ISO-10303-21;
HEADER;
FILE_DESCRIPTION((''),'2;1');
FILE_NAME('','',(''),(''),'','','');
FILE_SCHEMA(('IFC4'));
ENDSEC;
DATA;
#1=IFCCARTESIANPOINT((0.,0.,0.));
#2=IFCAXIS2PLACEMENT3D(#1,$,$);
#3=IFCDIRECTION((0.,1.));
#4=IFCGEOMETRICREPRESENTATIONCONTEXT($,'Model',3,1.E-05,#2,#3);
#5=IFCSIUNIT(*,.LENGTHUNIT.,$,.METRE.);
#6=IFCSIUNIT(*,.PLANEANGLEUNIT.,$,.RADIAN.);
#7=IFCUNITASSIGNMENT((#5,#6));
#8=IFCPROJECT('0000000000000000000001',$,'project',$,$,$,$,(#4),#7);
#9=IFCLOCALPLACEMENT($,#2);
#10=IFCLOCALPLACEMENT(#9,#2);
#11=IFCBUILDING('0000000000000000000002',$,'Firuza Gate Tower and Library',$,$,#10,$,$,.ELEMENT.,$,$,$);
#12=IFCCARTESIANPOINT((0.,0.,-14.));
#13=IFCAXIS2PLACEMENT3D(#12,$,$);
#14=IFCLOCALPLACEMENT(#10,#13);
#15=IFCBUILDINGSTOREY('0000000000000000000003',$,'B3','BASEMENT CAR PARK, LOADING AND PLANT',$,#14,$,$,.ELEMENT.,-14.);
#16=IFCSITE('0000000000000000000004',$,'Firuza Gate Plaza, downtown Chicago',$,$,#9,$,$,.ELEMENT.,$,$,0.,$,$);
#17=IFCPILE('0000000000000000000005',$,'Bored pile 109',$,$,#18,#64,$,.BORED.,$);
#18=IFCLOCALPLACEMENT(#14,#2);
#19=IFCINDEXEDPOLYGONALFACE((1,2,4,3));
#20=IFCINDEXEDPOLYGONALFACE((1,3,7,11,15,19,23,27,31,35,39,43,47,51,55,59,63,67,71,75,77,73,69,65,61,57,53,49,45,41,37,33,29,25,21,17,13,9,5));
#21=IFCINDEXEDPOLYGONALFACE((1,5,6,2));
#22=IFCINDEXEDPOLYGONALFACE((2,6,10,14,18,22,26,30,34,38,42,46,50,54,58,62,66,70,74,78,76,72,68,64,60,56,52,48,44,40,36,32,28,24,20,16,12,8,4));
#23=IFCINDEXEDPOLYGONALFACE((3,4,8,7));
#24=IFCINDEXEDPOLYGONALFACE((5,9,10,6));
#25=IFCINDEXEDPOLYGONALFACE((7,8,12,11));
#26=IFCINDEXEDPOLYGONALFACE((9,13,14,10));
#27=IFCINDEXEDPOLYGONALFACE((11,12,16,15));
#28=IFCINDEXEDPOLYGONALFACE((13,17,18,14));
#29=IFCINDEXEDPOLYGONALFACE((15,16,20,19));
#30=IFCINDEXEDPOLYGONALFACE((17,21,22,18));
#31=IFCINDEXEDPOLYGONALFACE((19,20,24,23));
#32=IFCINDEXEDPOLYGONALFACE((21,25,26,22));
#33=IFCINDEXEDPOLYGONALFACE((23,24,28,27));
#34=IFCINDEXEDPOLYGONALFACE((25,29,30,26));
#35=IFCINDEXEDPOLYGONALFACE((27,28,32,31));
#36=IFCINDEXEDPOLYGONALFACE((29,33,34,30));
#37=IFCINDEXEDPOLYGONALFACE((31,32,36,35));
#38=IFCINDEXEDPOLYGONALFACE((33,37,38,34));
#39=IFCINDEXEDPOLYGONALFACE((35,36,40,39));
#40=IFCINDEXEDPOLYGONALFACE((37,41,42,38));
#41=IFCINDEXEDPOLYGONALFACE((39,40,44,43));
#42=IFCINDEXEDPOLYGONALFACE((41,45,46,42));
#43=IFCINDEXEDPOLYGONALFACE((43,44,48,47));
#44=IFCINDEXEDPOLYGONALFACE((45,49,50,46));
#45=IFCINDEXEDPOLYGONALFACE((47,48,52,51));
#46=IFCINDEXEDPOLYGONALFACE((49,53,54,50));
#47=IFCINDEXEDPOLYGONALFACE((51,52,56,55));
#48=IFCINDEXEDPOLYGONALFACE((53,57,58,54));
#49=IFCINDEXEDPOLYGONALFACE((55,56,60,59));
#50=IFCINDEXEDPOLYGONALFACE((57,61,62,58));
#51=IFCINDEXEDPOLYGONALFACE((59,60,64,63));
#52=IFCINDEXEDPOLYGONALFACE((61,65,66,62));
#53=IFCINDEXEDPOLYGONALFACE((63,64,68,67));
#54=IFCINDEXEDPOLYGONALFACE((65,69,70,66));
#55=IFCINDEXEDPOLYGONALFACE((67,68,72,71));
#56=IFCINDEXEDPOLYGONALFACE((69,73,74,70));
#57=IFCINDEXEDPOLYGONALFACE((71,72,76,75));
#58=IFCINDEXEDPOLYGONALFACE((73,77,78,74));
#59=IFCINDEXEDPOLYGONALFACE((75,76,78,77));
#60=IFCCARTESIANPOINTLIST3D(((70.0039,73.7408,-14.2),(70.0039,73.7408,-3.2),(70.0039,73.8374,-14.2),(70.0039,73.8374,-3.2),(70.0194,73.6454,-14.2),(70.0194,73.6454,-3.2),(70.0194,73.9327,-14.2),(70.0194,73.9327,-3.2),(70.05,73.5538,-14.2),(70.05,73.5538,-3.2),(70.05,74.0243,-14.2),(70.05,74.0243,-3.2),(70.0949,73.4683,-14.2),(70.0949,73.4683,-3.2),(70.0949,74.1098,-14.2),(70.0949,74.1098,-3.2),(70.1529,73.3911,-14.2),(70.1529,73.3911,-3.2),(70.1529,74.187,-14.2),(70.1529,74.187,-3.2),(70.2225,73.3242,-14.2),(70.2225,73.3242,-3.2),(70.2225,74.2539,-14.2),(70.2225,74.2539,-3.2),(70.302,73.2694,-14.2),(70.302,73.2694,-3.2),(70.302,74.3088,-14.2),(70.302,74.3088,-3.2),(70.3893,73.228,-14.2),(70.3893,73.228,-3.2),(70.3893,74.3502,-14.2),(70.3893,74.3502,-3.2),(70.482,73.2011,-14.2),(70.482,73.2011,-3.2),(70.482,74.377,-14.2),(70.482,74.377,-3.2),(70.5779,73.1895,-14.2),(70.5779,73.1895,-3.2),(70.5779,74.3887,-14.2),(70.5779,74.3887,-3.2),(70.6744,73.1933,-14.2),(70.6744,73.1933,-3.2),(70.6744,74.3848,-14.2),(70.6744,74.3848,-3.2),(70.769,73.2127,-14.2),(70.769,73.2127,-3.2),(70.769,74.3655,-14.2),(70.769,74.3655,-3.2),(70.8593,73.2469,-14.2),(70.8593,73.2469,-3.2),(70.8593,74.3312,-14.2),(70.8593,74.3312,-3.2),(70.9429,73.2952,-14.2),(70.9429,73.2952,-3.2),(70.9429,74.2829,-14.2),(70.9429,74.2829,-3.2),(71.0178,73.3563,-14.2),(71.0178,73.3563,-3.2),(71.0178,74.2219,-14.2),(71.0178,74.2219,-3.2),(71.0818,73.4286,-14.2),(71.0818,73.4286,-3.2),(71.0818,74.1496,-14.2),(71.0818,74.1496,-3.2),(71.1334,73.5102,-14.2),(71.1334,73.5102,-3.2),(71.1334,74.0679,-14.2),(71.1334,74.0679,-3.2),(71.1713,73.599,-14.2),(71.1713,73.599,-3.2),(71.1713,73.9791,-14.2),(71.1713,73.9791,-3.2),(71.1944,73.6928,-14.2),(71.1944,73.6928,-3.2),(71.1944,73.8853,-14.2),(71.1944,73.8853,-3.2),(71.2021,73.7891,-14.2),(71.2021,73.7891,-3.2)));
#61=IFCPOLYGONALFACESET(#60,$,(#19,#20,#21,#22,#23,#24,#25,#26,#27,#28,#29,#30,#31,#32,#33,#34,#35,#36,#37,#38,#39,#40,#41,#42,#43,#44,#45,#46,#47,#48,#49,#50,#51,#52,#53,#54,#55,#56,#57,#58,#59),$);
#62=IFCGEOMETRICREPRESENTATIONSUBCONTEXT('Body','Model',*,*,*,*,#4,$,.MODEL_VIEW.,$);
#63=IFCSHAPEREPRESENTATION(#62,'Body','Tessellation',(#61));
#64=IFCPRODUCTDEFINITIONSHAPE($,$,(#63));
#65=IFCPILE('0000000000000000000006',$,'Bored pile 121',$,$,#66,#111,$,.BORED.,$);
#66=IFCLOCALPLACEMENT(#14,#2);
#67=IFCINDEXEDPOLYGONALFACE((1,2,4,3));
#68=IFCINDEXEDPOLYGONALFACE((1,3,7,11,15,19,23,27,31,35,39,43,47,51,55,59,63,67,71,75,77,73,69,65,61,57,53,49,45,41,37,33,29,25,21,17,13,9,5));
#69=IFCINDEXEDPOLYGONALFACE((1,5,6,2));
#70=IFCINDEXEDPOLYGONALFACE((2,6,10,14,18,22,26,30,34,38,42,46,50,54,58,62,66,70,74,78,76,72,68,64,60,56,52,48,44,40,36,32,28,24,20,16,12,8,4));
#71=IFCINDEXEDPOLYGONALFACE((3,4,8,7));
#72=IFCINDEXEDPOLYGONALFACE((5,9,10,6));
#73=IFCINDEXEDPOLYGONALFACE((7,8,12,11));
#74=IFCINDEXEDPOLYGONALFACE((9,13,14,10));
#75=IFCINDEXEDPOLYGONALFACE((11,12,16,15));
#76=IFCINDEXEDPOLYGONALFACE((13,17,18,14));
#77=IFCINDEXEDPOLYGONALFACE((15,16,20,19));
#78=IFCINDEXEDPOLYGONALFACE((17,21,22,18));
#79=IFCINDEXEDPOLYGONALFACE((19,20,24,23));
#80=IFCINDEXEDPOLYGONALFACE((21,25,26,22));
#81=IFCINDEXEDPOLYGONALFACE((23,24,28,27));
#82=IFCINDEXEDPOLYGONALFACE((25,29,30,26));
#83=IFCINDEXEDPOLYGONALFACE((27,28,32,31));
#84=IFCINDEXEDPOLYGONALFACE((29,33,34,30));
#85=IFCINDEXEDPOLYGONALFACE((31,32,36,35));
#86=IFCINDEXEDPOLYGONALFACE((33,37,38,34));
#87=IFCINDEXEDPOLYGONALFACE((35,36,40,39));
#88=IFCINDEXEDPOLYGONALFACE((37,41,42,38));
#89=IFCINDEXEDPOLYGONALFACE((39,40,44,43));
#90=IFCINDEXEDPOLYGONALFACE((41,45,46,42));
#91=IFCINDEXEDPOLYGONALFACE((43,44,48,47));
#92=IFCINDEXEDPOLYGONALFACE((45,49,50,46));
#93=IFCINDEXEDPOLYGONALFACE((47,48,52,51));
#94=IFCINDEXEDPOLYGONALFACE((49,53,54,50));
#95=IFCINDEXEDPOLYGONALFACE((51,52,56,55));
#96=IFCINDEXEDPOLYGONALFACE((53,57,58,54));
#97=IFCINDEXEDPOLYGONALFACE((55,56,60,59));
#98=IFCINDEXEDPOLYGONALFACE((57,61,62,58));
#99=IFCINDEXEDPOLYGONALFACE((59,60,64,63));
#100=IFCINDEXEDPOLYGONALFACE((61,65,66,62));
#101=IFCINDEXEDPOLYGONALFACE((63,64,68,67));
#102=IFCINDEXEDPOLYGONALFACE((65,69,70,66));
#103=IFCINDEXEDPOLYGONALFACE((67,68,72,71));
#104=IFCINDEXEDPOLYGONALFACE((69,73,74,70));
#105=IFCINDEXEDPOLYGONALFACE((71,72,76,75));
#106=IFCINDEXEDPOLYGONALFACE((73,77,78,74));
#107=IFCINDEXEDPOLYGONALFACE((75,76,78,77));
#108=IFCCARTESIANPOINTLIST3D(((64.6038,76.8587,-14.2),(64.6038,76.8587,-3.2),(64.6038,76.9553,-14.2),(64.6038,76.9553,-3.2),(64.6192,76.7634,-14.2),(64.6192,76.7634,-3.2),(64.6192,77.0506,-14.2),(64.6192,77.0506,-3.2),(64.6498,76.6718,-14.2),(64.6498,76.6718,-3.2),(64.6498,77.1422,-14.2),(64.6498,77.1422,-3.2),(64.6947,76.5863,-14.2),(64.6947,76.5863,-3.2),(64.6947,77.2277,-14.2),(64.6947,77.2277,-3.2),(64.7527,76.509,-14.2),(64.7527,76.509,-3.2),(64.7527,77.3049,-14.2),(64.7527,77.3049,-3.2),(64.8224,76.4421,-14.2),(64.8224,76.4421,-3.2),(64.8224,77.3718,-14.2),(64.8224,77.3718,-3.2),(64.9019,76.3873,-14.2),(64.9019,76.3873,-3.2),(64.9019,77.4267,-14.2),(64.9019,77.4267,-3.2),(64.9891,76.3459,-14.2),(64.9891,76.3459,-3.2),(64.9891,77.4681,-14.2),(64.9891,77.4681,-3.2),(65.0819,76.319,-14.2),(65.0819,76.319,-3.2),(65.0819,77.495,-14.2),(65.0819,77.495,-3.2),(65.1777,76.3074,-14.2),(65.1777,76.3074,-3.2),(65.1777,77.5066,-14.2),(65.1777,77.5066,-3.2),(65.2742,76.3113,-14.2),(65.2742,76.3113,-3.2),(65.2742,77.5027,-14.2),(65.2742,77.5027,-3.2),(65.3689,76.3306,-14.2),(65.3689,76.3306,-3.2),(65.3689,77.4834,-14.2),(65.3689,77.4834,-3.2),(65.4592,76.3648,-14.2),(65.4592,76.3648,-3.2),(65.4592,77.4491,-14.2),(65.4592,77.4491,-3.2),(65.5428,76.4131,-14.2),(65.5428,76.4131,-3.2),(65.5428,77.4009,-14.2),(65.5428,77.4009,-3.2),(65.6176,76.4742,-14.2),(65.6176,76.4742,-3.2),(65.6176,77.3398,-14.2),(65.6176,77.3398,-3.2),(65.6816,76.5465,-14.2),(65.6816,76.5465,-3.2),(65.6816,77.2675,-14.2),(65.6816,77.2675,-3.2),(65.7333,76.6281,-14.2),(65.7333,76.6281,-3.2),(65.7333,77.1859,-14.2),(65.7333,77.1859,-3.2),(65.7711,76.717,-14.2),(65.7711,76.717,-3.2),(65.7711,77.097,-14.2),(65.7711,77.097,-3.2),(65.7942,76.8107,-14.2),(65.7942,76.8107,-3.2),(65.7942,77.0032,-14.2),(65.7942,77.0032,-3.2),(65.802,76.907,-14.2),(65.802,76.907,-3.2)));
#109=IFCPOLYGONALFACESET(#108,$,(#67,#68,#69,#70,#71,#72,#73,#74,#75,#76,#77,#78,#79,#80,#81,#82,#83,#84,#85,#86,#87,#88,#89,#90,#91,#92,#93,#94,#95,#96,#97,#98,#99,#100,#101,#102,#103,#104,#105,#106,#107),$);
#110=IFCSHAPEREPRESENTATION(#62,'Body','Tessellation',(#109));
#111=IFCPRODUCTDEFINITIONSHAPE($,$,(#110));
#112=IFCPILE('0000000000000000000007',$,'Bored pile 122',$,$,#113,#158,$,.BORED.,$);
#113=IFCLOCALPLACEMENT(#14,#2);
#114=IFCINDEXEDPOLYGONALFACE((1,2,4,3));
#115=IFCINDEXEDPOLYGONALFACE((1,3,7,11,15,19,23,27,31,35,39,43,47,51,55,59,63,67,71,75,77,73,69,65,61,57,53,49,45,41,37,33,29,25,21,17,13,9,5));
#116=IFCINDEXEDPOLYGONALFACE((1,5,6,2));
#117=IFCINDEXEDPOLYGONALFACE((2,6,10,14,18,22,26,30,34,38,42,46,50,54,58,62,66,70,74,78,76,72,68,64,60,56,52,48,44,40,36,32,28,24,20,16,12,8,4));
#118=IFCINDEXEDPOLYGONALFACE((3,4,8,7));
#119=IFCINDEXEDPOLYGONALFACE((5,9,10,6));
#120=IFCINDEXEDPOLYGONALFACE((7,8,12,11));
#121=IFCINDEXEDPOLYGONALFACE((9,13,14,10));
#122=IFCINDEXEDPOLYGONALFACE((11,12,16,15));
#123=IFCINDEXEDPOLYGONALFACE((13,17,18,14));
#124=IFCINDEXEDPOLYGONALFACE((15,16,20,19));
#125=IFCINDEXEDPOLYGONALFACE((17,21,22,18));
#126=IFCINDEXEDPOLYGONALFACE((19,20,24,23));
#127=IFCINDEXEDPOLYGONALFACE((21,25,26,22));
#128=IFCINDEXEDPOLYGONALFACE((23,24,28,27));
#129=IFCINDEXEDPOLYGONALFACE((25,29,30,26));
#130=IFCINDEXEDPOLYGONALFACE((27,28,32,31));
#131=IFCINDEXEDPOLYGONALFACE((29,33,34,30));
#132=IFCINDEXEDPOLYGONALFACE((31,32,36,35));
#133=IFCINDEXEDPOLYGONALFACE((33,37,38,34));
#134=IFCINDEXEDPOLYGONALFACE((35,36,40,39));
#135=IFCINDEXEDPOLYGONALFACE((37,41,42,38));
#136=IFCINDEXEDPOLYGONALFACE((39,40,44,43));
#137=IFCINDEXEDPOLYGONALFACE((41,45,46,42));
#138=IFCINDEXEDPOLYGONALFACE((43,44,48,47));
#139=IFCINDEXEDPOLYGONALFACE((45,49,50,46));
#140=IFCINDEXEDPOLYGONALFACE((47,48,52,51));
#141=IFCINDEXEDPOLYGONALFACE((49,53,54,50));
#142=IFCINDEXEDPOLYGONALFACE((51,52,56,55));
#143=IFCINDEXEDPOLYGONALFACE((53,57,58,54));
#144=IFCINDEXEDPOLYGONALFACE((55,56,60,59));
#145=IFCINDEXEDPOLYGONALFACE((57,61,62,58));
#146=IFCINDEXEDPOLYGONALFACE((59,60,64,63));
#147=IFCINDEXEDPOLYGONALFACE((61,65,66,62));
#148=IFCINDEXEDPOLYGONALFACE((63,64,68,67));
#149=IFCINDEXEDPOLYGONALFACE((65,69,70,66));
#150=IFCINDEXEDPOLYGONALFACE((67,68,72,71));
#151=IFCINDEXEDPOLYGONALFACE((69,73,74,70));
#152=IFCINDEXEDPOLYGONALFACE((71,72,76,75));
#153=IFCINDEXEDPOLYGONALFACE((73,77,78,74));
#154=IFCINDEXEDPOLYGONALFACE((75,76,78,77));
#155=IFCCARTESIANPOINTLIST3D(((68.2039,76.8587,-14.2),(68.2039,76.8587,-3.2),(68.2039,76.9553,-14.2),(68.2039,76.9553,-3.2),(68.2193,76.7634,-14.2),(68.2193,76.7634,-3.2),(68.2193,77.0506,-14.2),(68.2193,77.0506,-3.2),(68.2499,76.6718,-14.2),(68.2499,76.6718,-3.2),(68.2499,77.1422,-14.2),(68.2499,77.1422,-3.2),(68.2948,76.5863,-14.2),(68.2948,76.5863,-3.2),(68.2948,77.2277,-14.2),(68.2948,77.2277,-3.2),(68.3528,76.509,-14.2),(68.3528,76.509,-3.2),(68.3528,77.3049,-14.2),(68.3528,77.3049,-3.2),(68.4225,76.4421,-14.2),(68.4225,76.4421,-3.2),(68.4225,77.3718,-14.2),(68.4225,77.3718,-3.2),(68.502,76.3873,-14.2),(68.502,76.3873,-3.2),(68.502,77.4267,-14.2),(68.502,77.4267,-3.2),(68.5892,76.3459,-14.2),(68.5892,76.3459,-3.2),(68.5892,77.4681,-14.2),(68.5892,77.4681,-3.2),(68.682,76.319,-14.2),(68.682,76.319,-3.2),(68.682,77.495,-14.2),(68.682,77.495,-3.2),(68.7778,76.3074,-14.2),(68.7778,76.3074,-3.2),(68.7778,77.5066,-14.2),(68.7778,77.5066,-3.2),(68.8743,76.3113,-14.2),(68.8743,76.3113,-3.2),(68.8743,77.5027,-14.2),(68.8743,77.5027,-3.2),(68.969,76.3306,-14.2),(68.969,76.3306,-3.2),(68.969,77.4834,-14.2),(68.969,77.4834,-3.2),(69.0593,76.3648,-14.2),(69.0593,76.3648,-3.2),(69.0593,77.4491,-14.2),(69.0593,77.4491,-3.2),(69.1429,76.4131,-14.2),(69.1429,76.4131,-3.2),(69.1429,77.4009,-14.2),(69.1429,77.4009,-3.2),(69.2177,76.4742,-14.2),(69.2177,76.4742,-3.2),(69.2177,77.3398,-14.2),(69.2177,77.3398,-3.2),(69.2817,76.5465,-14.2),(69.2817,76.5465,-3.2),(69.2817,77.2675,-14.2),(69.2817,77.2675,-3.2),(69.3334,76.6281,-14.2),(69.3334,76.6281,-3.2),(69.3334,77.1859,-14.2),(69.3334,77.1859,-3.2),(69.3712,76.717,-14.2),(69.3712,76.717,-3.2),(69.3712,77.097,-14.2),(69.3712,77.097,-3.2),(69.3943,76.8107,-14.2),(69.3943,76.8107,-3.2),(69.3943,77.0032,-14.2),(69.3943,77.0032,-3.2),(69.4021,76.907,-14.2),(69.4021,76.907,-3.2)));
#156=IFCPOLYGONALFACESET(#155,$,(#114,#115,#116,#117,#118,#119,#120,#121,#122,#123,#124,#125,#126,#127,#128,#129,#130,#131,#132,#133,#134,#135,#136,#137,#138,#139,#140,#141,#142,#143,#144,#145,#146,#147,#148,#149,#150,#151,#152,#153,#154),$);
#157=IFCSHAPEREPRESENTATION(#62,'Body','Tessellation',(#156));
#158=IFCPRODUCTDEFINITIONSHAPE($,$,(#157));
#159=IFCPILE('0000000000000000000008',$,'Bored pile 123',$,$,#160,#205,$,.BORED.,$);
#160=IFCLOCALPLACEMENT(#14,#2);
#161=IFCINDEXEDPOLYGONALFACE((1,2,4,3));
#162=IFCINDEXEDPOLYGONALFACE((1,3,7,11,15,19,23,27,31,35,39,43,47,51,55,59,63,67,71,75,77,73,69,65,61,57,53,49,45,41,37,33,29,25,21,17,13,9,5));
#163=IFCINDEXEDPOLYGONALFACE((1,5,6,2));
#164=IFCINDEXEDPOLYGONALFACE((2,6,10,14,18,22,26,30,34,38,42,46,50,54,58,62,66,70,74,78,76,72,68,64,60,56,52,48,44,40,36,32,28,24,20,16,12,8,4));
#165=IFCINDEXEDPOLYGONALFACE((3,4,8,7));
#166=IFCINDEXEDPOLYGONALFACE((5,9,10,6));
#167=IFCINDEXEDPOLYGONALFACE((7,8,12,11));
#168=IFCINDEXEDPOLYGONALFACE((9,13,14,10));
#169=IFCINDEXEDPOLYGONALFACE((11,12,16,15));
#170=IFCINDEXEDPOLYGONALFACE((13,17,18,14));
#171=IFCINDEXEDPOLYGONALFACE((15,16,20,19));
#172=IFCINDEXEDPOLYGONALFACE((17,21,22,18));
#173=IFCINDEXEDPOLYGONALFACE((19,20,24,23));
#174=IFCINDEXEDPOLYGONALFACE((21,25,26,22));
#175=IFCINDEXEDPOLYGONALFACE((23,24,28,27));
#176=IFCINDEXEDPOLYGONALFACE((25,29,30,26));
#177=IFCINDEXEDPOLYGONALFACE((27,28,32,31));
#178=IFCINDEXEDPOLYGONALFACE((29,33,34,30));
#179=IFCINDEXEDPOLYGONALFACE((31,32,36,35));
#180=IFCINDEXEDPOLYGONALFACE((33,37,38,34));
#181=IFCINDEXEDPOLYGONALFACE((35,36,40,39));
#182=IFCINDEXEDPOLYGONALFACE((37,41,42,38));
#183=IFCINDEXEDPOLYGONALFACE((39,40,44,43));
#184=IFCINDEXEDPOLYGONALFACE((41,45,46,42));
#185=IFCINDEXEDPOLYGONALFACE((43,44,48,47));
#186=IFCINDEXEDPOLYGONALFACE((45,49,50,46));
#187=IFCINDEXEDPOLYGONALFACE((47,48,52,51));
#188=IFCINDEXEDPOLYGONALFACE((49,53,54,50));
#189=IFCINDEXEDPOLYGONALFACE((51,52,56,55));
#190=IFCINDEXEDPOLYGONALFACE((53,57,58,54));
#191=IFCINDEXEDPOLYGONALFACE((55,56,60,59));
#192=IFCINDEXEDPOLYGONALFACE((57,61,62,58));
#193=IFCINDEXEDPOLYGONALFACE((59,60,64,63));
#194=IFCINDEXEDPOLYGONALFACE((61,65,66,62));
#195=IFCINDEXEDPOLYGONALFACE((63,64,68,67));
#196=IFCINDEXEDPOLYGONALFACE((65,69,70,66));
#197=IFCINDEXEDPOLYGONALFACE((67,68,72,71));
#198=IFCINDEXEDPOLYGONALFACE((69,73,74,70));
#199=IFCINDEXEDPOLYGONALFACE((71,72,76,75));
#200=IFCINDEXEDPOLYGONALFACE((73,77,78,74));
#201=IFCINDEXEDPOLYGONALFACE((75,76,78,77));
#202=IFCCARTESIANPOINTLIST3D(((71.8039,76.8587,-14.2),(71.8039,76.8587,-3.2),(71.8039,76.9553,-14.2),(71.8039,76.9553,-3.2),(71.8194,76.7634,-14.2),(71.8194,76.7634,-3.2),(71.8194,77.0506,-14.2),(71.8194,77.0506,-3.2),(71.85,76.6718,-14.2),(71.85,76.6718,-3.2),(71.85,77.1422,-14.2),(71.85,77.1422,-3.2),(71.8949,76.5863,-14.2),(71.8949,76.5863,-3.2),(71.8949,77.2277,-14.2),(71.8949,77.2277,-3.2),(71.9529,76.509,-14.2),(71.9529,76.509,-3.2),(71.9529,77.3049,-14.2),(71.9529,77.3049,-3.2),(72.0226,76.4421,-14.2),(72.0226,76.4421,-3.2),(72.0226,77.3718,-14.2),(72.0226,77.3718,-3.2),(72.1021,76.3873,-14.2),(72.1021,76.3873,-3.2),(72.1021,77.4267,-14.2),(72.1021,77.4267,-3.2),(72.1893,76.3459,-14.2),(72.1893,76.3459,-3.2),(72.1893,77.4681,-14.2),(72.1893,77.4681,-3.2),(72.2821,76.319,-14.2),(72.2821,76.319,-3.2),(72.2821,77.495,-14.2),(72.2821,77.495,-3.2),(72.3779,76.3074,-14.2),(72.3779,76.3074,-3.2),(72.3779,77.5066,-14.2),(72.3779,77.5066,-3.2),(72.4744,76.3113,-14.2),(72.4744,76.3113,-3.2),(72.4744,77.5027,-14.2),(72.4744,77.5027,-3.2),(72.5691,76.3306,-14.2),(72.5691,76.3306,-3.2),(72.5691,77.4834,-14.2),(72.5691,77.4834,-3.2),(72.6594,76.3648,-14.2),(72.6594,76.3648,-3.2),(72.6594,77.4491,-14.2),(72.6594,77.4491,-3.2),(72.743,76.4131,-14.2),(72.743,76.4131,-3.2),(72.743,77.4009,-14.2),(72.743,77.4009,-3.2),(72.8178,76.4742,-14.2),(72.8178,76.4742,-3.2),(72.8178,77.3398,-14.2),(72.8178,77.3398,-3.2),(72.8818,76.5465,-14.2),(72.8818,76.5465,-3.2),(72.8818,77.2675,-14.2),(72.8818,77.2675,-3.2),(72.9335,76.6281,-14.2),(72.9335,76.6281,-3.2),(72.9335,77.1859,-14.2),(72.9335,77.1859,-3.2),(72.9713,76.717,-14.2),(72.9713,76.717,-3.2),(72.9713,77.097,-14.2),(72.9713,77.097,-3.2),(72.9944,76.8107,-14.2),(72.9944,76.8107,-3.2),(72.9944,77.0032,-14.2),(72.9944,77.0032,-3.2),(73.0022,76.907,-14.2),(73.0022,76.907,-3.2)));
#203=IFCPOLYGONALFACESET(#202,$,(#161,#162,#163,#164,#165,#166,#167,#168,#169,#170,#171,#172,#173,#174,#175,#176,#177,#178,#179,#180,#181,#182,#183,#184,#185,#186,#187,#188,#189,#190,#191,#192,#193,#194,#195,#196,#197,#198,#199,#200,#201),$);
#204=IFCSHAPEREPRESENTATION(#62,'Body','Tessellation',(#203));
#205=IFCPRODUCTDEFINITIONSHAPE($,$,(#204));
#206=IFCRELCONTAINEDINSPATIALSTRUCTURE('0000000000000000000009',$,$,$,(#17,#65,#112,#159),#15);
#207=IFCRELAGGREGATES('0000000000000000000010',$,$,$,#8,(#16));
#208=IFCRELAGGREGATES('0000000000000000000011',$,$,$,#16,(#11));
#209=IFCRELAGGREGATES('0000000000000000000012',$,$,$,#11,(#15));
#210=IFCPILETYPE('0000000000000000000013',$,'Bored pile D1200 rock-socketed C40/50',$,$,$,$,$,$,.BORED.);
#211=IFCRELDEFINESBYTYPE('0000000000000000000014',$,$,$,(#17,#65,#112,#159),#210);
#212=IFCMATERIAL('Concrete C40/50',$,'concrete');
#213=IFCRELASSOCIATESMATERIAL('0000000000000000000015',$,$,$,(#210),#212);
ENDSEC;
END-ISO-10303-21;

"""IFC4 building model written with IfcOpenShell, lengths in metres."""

from ifc_helpers import new_model, si_unit, direction, frame, origin, origin_2d, place, context, subcontext, project, spatial, circle, extrude, material, material_profile, profile_set, type_object, element, save


model = new_model("IFC4")

# Units and contexts
model_context = context("Model", 3, precision=1e-05, world=origin(), true_north=direction((0.0, 1.0)))
body_context = subcontext(model_context, "Body", "Model", "MODEL_VIEW")
ifc_project = project(units=[si_unit("LENGTHUNIT", "METRE"), si_unit("PLANEANGLEUNIT", "RADIAN")], contexts=[model_context])

# Site, building, storey
site_placement = place(None, origin())
site = spatial("IfcSite", under=ifc_project, at=site_placement, Name="Firuza Gate Plaza, downtown Chicago", CompositionType="ELEMENT", RefElevation=0.0)
building_placement = place(site_placement, origin())
building = spatial("IfcBuilding", under=site, at=building_placement, Name="Firuza Gate Tower and Library", CompositionType="ELEMENT")
storey_placement = place(building_placement, frame((0.0, 0.0, -14.0)))
storey = spatial("IfcBuildingStorey", under=building, at=storey_placement, Name="B3", Description="BASEMENT CAR PARK, LOADING AND PLANT", CompositionType="ELEMENT", Elevation=-14.0)

# Piles
ifc_material_1 = material(Name="Concrete C40/50", Category="concrete")
ifc_material_profile_1 = material_profile(ifc_material_1, circle(Radius=0.6001, at=origin_2d()))
ifc_profile_set_1 = profile_set([ifc_material_profile_1], Name="Concrete C40/50")
pile_type = type_object("IfcPileType", Name="Bored pile D1200 rock-socketed C40/50", PredefinedType="BORED", material=ifc_profile_set_1)
for number, where, z_axis, x_axis, name in (
    (1, (70.6021, 73.7891, -3.2), (0.0, 0.0, -1.0), (1.0, 0.0, 0.0), "Bored pile 109"),
    (2, (65.2019, 76.907, -3.2), (0.0, 0.0, -1.0), (1.0, 0.0, 0.0), "Bored pile 121"),
    (3, (68.802, 76.907, -3.2), (0.0, 0.0, -1.0), (1.0, 0.0, 0.0), "Bored pile 122"),
    (4, (72.4021, 76.907, -3.2), (0.0, 0.0, -1.0), (1.0, 0.0, 0.0), "Bored pile 123"),
):
    element("IfcPile", number, at=place(storey_placement, frame(where, z_axis=z_axis, x_axis=x_axis)), inside=storey, type_object=pile_type, Name=name, PredefinedType="BORED", context=body_context, shape_type="SweptSolid", body=[
        extrude(circle(Radius=0.6001, at=origin_2d()), origin(), (0.0, 0.0, 1.0), 11.0),
    ])

save(model, "model.ifc")
